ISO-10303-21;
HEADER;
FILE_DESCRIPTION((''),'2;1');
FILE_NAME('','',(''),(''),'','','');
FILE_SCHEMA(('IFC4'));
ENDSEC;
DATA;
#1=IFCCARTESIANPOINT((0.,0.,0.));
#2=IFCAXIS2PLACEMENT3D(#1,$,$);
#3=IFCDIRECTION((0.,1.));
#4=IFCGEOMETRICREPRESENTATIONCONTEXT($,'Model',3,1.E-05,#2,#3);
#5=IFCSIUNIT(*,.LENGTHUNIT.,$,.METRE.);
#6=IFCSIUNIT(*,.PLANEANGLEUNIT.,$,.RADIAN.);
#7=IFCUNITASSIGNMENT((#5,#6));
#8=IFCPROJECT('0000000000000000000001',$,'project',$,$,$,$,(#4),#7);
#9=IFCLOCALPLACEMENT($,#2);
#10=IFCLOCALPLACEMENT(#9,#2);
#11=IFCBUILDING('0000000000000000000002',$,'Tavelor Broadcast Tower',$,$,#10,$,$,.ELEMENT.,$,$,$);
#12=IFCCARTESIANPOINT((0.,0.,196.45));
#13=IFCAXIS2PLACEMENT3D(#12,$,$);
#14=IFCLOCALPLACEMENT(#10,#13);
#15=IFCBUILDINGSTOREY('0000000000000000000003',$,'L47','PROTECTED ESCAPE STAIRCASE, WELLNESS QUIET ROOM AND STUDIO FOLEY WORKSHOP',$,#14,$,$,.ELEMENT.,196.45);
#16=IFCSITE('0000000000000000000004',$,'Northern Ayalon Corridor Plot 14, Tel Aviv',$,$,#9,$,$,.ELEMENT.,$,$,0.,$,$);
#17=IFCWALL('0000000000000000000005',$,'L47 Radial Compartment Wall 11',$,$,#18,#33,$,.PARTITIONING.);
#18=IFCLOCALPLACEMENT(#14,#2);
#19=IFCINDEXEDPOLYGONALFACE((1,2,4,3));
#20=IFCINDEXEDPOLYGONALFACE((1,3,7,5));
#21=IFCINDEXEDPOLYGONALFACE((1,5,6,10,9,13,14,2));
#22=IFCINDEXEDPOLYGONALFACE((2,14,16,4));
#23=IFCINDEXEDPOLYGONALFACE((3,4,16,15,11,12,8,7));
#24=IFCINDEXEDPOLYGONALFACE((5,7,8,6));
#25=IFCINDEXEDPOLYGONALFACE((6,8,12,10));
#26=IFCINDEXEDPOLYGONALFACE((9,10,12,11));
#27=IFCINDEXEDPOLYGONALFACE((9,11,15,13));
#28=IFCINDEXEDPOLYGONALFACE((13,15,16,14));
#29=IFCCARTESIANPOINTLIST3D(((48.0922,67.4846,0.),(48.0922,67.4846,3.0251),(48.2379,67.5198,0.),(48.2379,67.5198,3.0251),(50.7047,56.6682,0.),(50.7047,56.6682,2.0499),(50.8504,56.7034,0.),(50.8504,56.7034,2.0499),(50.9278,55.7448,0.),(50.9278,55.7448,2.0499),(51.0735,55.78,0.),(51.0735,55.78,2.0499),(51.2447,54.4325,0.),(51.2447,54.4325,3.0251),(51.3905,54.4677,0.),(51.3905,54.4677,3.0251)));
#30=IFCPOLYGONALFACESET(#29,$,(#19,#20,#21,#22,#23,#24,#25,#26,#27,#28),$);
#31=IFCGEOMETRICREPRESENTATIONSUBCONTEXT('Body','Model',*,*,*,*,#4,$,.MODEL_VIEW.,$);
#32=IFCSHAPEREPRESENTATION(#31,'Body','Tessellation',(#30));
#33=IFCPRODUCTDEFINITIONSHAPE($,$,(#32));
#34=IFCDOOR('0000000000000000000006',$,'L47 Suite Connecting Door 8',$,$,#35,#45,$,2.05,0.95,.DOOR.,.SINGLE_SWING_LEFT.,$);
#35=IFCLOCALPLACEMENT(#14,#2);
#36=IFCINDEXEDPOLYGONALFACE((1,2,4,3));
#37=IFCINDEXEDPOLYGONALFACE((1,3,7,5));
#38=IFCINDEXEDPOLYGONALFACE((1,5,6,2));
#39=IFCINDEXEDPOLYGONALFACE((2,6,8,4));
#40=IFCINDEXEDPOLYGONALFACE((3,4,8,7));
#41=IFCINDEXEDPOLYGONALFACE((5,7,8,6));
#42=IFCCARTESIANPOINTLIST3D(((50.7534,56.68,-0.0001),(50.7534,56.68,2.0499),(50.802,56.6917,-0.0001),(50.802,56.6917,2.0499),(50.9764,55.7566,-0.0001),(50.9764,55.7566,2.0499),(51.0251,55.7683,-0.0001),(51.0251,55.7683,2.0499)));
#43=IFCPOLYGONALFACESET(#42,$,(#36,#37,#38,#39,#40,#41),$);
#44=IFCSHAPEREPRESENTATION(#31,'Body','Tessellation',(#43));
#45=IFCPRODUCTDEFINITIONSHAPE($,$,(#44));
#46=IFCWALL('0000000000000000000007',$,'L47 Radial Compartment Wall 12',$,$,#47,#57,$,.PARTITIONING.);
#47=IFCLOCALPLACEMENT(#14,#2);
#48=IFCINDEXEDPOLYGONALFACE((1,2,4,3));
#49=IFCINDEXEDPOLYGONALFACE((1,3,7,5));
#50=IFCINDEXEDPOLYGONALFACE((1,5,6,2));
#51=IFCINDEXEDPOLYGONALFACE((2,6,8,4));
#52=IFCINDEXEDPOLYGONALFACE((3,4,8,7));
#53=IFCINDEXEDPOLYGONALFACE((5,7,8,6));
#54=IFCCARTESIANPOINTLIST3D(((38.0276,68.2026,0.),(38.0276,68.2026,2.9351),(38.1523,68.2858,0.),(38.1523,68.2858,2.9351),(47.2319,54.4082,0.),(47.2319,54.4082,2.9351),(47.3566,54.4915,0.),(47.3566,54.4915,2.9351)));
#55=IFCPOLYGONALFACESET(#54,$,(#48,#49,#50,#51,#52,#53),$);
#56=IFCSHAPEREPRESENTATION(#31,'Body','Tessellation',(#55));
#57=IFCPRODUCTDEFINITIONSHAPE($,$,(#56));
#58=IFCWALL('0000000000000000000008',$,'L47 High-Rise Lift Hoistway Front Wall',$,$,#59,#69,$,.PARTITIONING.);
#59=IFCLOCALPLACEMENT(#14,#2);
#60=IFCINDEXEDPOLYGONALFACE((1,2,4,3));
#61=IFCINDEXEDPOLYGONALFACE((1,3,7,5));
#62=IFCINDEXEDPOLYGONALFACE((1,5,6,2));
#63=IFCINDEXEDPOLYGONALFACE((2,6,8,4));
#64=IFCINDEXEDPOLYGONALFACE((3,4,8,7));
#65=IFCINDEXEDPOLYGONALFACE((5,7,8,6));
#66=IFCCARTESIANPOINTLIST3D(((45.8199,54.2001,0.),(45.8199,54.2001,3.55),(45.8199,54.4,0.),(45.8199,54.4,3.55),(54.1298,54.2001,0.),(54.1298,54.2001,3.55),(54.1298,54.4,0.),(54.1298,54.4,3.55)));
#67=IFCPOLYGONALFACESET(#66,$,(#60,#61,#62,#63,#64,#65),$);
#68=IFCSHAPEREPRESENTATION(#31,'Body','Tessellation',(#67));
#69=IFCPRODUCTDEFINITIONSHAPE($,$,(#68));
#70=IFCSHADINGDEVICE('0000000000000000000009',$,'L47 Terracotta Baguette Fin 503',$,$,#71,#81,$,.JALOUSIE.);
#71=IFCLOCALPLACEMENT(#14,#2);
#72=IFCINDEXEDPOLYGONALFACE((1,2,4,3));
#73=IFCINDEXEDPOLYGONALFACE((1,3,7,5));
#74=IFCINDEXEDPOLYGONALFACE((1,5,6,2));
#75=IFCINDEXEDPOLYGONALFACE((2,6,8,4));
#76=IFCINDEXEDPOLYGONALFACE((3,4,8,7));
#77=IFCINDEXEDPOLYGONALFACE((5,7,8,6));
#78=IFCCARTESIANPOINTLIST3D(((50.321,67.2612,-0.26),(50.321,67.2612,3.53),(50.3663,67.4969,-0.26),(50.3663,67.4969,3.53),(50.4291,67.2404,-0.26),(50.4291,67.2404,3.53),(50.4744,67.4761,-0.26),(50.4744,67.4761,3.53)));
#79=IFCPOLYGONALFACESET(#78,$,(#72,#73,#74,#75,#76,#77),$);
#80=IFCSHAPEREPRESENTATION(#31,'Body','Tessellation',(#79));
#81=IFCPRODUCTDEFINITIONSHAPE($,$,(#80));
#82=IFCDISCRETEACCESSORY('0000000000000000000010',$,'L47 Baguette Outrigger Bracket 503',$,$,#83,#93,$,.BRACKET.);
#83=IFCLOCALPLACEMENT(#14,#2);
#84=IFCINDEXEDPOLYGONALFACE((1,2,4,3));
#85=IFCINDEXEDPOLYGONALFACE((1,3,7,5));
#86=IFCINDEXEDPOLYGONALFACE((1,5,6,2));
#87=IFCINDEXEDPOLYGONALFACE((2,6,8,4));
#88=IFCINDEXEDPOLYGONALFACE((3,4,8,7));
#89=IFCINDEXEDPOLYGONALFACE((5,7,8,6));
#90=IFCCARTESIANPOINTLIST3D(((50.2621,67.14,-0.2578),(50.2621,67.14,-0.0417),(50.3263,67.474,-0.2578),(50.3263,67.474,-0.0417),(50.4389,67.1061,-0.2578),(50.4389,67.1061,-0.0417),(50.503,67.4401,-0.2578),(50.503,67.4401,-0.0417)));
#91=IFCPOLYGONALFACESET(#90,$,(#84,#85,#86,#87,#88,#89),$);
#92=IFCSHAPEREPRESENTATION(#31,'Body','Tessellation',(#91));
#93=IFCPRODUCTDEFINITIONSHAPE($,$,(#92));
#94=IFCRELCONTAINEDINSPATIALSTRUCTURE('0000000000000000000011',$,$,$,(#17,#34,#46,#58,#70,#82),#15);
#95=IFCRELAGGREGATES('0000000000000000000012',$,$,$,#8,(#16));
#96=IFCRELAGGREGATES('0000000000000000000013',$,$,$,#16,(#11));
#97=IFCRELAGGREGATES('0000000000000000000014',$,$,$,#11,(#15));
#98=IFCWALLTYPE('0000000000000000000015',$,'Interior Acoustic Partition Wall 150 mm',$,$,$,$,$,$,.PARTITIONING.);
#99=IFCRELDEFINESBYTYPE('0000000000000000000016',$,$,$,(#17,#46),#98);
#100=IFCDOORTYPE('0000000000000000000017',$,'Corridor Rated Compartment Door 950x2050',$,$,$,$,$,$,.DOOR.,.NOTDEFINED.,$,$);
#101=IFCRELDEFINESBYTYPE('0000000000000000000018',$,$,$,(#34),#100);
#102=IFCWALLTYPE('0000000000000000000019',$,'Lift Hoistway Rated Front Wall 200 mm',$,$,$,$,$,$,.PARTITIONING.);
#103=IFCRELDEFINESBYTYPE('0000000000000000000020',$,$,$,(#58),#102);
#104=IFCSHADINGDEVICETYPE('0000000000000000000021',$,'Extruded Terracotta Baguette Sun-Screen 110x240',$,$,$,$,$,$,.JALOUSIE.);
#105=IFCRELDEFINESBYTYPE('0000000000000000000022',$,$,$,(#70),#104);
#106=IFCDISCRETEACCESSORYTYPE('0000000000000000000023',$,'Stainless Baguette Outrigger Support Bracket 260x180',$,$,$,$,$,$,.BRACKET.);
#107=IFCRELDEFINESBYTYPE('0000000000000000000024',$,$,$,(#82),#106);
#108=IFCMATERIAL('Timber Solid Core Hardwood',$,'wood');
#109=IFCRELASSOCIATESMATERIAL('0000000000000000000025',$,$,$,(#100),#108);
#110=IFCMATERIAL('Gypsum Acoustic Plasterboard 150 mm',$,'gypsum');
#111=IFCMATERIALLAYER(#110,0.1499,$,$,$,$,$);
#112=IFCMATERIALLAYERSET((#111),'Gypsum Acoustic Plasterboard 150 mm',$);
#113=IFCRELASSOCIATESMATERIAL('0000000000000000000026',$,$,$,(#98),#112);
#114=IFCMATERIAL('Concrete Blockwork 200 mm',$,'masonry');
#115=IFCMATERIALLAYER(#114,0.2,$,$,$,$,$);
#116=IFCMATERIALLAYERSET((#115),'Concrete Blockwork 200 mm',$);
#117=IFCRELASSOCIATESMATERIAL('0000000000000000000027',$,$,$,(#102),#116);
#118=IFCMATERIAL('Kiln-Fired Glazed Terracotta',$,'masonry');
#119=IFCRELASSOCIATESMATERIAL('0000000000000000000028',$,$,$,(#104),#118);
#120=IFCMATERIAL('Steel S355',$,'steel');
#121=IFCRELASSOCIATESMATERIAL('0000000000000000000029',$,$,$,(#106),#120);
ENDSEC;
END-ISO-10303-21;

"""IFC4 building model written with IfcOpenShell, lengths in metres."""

from ifc_helpers import new_model, si_unit, direction, frame, frame_2d, origin, origin_2d, place, context, subcontext, project, spatial, rectangle, extrude, source, transform, mapped, material, layer, layer_set, type_object, type_shapes, element, fill, save


model = new_model("IFC4")

# Units and contexts
model_context = context("Model", 3, precision=1e-05, world=origin(), true_north=direction((0.0, 1.0)))
body_context = subcontext(model_context, "Body", "Model", "MODEL_VIEW")
ifc_project = project(units=[si_unit("LENGTHUNIT", "METRE"), si_unit("PLANEANGLEUNIT", "RADIAN")], contexts=[model_context])

# Site, building, storey
site_placement = place(None, origin())
site = spatial("IfcSite", under=ifc_project, at=site_placement, Name="Northern Ayalon Corridor Plot 14, Tel Aviv", CompositionType="ELEMENT", RefElevation=0.0)
building_placement = place(site_placement, origin())
building = spatial("IfcBuilding", under=site, at=building_placement, Name="Tavelor Broadcast Tower", CompositionType="ELEMENT")
storey_placement = place(building_placement, frame((0.0, 0.0, 196.45)))
storey = spatial("IfcBuildingStorey", under=building, at=storey_placement, Name="L47", Description="PROTECTED ESCAPE STAIRCASE, WELLNESS QUIET ROOM AND STUDIO FOLEY WORKSHOP", CompositionType="ELEMENT", Elevation=196.45)

# Shared definitions
ifc_material_1 = material(Name="Steel S355", Category="steel")

# Shared definitions
ifc_material_2 = material(Name="Timber Solid Core Hardwood", Category="wood")
door_type = type_object("IfcDoorType", Name="Corridor Rated Compartment Door 950x2050", OperationType="NOTDEFINED", PredefinedType="DOOR", material=ifc_material_2)

# Shared definitions
ifc_material_3 = material(Name="Gypsum Acoustic Plasterboard 150 mm", Category="gypsum")
ifc_layer_1 = layer(ifc_material_3, 0.1499)
ifc_layer_set_1 = layer_set([ifc_layer_1], Name="Gypsum Acoustic Plasterboard 150 mm")
wall_type_1 = type_object("IfcWallType", Name="Interior Acoustic Partition Wall 150 mm", PredefinedType="PARTITIONING", material=ifc_layer_set_1)

# Wall, opening, door
wall_1_placement = place(storey_placement, frame((51.3176, 54.45, 0.0), z_axis=(0.0, 0.0, 1.0), x_axis=(-0.234784, 0.972047, 0.0)))
wall_1 = element("IfcWall", 1, at=wall_1_placement, inside=storey, type_object=wall_type_1, Name="L47 Radial Compartment Wall 11", PredefinedType="PARTITIONING", context=body_context, shape_type="SweptSolid", body=[
    extrude(rectangle(XDim=13.4275, YDim=0.1499, at=frame_2d((6.7139, 0.0))), origin(), (0.0, 0.0, 1.0), 3.0251),
])
opening_1_placement = place(wall_1_placement, frame((1.3501, 0.0, 0.0)))
opening_1 = element("IfcOpeningElement", 2, at=opening_1_placement, cuts=wall_1, PredefinedType="OPENING", context=body_context, shape_type="SweptSolid", body=[
    extrude(rectangle(XDim=0.95, YDim=2.05, at=frame_2d((0.4751, 1.0249))), frame((0.0, 0.085, 0.0), z_axis=(0.0, -1.0, 0.0), x_axis=(1.0, 0.0, 0.0)), (0.0, 0.0, 1.0), 0.1699),
])
door_1_placement = place(opening_1_placement, origin())
door_1 = element("IfcDoor", 3, at=door_1_placement, inside=storey, type_object=door_type, Name="L47 Suite Connecting Door 8", OperationType="SINGLE_SWING_LEFT", OverallHeight=2.05, OverallWidth=0.95, PredefinedType="DOOR", context=body_context, shape_type="SweptSolid", body=[
    extrude(rectangle(XDim=0.95, YDim=2.05, at=frame_2d((0.4751, 1.0249))), frame((0.0, 0.0249, 0.0), z_axis=(0.0, -1.0, 0.0), x_axis=(1.0, 0.0, 0.0)), (0.0, 0.0, 1.0), 0.05),
])
fill(opening_1, door_1)

# Walls
wall_2_placement = place(storey_placement, frame((47.2942, 54.45, 0.0), z_axis=(0.0, 0.0, 1.0), x_axis=(-0.555036, 0.831826, 0.0)))
element("IfcWall", 4, at=wall_2_placement, inside=storey, type_object=wall_type_1, Name="L47 Radial Compartment Wall 12", PredefinedType="PARTITIONING", context=body_context, shape_type="SweptSolid", body=[
    extrude(rectangle(XDim=16.5833, YDim=0.1499, at=frame_2d((8.2915, 0.0))), origin(), (0.0, 0.0, 1.0), 2.9351),
])
ifc_material_4 = material(Name="Concrete Blockwork 200 mm", Category="masonry")
ifc_layer_2 = layer(ifc_material_4, 0.2)
ifc_layer_set_2 = layer_set([ifc_layer_2], Name="Concrete Blockwork 200 mm")
wall_type_2 = type_object("IfcWallType", Name="Lift Hoistway Rated Front Wall 200 mm", PredefinedType="PARTITIONING", material=ifc_layer_set_2)
wall_3_placement = place(storey_placement, frame((45.8201, 54.3, 0.0), z_axis=(0.0, 0.0, 1.0), x_axis=(1.0, 0.0, 0.0)))
element("IfcWall", 5, at=wall_3_placement, inside=storey, type_object=wall_type_2, Name="L47 High-Rise Lift Hoistway Front Wall", PredefinedType="PARTITIONING", context=body_context, shape_type="SweptSolid", body=[
    extrude(rectangle(XDim=8.3098, YDim=0.2, at=frame_2d((4.1548, 0.0))), origin(), (0.0, 0.0, 1.0), 3.55),
])

# Shading device
ifc_material_5 = material(Name="Kiln-Fired Glazed Terracotta", Category="masonry")
shading_device_type = type_object("IfcShadingDeviceType", Name="Extruded Terracotta Baguette Sun-Screen 110x240", PredefinedType="JALOUSIE", material=ifc_material_5)
shared_shape_1 = source(origin(), body_context, "Body", "SweptSolid", [
    extrude(rectangle(XDim=0.1101, YDim=0.24, at=origin_2d()), origin(), (0.0, 0.0, 1.0), 3.79),
])
type_shapes(shading_device_type, [shared_shape_1])
shading_device_placement = place(storey_placement, frame((50.3977, 67.3687, -0.26), z_axis=(0.0, 0.0, 1.0), x_axis=(-0.982058, 0.188581, 0.0)))
element("IfcShadingDevice", 6, at=shading_device_placement, inside=storey, type_object=shading_device_type, Name="L47 Terracotta Baguette Fin 503", PredefinedType="JALOUSIE", context=body_context, shape_type="MappedRepresentation", body=[
    mapped(shared_shape_1, transform((0.0, 0.0, 0.0), scale=1.0)),
])

# Discrete accessory
discrete_accessory_type = type_object("IfcDiscreteAccessoryType", Name="Stainless Baguette Outrigger Support Bracket 260x180", PredefinedType="BRACKET", material=ifc_material_1)
shared_shape_2 = source(origin(), body_context, "Body", "SweptSolid", [
    extrude(rectangle(XDim=0.1799, YDim=0.3401, at=origin_2d()), origin(), (0.0, 0.0, 1.0), 0.2161),
])
type_shapes(discrete_accessory_type, [shared_shape_2])
discrete_accessory_placement = place(storey_placement, frame((50.3826, 67.29, -0.2578), z_axis=(0.0, 0.0, 1.0), x_axis=(-0.982058, 0.188581, 0.0)))
element("IfcDiscreteAccessory", 7, at=discrete_accessory_placement, inside=storey, type_object=discrete_accessory_type, Name="L47 Baguette Outrigger Bracket 503", PredefinedType="BRACKET", context=body_context, shape_type="MappedRepresentation", body=[
    mapped(shared_shape_2, transform((0.0, 0.0, 0.0), scale=1.0)),
])

save(model, "model.ifc")
